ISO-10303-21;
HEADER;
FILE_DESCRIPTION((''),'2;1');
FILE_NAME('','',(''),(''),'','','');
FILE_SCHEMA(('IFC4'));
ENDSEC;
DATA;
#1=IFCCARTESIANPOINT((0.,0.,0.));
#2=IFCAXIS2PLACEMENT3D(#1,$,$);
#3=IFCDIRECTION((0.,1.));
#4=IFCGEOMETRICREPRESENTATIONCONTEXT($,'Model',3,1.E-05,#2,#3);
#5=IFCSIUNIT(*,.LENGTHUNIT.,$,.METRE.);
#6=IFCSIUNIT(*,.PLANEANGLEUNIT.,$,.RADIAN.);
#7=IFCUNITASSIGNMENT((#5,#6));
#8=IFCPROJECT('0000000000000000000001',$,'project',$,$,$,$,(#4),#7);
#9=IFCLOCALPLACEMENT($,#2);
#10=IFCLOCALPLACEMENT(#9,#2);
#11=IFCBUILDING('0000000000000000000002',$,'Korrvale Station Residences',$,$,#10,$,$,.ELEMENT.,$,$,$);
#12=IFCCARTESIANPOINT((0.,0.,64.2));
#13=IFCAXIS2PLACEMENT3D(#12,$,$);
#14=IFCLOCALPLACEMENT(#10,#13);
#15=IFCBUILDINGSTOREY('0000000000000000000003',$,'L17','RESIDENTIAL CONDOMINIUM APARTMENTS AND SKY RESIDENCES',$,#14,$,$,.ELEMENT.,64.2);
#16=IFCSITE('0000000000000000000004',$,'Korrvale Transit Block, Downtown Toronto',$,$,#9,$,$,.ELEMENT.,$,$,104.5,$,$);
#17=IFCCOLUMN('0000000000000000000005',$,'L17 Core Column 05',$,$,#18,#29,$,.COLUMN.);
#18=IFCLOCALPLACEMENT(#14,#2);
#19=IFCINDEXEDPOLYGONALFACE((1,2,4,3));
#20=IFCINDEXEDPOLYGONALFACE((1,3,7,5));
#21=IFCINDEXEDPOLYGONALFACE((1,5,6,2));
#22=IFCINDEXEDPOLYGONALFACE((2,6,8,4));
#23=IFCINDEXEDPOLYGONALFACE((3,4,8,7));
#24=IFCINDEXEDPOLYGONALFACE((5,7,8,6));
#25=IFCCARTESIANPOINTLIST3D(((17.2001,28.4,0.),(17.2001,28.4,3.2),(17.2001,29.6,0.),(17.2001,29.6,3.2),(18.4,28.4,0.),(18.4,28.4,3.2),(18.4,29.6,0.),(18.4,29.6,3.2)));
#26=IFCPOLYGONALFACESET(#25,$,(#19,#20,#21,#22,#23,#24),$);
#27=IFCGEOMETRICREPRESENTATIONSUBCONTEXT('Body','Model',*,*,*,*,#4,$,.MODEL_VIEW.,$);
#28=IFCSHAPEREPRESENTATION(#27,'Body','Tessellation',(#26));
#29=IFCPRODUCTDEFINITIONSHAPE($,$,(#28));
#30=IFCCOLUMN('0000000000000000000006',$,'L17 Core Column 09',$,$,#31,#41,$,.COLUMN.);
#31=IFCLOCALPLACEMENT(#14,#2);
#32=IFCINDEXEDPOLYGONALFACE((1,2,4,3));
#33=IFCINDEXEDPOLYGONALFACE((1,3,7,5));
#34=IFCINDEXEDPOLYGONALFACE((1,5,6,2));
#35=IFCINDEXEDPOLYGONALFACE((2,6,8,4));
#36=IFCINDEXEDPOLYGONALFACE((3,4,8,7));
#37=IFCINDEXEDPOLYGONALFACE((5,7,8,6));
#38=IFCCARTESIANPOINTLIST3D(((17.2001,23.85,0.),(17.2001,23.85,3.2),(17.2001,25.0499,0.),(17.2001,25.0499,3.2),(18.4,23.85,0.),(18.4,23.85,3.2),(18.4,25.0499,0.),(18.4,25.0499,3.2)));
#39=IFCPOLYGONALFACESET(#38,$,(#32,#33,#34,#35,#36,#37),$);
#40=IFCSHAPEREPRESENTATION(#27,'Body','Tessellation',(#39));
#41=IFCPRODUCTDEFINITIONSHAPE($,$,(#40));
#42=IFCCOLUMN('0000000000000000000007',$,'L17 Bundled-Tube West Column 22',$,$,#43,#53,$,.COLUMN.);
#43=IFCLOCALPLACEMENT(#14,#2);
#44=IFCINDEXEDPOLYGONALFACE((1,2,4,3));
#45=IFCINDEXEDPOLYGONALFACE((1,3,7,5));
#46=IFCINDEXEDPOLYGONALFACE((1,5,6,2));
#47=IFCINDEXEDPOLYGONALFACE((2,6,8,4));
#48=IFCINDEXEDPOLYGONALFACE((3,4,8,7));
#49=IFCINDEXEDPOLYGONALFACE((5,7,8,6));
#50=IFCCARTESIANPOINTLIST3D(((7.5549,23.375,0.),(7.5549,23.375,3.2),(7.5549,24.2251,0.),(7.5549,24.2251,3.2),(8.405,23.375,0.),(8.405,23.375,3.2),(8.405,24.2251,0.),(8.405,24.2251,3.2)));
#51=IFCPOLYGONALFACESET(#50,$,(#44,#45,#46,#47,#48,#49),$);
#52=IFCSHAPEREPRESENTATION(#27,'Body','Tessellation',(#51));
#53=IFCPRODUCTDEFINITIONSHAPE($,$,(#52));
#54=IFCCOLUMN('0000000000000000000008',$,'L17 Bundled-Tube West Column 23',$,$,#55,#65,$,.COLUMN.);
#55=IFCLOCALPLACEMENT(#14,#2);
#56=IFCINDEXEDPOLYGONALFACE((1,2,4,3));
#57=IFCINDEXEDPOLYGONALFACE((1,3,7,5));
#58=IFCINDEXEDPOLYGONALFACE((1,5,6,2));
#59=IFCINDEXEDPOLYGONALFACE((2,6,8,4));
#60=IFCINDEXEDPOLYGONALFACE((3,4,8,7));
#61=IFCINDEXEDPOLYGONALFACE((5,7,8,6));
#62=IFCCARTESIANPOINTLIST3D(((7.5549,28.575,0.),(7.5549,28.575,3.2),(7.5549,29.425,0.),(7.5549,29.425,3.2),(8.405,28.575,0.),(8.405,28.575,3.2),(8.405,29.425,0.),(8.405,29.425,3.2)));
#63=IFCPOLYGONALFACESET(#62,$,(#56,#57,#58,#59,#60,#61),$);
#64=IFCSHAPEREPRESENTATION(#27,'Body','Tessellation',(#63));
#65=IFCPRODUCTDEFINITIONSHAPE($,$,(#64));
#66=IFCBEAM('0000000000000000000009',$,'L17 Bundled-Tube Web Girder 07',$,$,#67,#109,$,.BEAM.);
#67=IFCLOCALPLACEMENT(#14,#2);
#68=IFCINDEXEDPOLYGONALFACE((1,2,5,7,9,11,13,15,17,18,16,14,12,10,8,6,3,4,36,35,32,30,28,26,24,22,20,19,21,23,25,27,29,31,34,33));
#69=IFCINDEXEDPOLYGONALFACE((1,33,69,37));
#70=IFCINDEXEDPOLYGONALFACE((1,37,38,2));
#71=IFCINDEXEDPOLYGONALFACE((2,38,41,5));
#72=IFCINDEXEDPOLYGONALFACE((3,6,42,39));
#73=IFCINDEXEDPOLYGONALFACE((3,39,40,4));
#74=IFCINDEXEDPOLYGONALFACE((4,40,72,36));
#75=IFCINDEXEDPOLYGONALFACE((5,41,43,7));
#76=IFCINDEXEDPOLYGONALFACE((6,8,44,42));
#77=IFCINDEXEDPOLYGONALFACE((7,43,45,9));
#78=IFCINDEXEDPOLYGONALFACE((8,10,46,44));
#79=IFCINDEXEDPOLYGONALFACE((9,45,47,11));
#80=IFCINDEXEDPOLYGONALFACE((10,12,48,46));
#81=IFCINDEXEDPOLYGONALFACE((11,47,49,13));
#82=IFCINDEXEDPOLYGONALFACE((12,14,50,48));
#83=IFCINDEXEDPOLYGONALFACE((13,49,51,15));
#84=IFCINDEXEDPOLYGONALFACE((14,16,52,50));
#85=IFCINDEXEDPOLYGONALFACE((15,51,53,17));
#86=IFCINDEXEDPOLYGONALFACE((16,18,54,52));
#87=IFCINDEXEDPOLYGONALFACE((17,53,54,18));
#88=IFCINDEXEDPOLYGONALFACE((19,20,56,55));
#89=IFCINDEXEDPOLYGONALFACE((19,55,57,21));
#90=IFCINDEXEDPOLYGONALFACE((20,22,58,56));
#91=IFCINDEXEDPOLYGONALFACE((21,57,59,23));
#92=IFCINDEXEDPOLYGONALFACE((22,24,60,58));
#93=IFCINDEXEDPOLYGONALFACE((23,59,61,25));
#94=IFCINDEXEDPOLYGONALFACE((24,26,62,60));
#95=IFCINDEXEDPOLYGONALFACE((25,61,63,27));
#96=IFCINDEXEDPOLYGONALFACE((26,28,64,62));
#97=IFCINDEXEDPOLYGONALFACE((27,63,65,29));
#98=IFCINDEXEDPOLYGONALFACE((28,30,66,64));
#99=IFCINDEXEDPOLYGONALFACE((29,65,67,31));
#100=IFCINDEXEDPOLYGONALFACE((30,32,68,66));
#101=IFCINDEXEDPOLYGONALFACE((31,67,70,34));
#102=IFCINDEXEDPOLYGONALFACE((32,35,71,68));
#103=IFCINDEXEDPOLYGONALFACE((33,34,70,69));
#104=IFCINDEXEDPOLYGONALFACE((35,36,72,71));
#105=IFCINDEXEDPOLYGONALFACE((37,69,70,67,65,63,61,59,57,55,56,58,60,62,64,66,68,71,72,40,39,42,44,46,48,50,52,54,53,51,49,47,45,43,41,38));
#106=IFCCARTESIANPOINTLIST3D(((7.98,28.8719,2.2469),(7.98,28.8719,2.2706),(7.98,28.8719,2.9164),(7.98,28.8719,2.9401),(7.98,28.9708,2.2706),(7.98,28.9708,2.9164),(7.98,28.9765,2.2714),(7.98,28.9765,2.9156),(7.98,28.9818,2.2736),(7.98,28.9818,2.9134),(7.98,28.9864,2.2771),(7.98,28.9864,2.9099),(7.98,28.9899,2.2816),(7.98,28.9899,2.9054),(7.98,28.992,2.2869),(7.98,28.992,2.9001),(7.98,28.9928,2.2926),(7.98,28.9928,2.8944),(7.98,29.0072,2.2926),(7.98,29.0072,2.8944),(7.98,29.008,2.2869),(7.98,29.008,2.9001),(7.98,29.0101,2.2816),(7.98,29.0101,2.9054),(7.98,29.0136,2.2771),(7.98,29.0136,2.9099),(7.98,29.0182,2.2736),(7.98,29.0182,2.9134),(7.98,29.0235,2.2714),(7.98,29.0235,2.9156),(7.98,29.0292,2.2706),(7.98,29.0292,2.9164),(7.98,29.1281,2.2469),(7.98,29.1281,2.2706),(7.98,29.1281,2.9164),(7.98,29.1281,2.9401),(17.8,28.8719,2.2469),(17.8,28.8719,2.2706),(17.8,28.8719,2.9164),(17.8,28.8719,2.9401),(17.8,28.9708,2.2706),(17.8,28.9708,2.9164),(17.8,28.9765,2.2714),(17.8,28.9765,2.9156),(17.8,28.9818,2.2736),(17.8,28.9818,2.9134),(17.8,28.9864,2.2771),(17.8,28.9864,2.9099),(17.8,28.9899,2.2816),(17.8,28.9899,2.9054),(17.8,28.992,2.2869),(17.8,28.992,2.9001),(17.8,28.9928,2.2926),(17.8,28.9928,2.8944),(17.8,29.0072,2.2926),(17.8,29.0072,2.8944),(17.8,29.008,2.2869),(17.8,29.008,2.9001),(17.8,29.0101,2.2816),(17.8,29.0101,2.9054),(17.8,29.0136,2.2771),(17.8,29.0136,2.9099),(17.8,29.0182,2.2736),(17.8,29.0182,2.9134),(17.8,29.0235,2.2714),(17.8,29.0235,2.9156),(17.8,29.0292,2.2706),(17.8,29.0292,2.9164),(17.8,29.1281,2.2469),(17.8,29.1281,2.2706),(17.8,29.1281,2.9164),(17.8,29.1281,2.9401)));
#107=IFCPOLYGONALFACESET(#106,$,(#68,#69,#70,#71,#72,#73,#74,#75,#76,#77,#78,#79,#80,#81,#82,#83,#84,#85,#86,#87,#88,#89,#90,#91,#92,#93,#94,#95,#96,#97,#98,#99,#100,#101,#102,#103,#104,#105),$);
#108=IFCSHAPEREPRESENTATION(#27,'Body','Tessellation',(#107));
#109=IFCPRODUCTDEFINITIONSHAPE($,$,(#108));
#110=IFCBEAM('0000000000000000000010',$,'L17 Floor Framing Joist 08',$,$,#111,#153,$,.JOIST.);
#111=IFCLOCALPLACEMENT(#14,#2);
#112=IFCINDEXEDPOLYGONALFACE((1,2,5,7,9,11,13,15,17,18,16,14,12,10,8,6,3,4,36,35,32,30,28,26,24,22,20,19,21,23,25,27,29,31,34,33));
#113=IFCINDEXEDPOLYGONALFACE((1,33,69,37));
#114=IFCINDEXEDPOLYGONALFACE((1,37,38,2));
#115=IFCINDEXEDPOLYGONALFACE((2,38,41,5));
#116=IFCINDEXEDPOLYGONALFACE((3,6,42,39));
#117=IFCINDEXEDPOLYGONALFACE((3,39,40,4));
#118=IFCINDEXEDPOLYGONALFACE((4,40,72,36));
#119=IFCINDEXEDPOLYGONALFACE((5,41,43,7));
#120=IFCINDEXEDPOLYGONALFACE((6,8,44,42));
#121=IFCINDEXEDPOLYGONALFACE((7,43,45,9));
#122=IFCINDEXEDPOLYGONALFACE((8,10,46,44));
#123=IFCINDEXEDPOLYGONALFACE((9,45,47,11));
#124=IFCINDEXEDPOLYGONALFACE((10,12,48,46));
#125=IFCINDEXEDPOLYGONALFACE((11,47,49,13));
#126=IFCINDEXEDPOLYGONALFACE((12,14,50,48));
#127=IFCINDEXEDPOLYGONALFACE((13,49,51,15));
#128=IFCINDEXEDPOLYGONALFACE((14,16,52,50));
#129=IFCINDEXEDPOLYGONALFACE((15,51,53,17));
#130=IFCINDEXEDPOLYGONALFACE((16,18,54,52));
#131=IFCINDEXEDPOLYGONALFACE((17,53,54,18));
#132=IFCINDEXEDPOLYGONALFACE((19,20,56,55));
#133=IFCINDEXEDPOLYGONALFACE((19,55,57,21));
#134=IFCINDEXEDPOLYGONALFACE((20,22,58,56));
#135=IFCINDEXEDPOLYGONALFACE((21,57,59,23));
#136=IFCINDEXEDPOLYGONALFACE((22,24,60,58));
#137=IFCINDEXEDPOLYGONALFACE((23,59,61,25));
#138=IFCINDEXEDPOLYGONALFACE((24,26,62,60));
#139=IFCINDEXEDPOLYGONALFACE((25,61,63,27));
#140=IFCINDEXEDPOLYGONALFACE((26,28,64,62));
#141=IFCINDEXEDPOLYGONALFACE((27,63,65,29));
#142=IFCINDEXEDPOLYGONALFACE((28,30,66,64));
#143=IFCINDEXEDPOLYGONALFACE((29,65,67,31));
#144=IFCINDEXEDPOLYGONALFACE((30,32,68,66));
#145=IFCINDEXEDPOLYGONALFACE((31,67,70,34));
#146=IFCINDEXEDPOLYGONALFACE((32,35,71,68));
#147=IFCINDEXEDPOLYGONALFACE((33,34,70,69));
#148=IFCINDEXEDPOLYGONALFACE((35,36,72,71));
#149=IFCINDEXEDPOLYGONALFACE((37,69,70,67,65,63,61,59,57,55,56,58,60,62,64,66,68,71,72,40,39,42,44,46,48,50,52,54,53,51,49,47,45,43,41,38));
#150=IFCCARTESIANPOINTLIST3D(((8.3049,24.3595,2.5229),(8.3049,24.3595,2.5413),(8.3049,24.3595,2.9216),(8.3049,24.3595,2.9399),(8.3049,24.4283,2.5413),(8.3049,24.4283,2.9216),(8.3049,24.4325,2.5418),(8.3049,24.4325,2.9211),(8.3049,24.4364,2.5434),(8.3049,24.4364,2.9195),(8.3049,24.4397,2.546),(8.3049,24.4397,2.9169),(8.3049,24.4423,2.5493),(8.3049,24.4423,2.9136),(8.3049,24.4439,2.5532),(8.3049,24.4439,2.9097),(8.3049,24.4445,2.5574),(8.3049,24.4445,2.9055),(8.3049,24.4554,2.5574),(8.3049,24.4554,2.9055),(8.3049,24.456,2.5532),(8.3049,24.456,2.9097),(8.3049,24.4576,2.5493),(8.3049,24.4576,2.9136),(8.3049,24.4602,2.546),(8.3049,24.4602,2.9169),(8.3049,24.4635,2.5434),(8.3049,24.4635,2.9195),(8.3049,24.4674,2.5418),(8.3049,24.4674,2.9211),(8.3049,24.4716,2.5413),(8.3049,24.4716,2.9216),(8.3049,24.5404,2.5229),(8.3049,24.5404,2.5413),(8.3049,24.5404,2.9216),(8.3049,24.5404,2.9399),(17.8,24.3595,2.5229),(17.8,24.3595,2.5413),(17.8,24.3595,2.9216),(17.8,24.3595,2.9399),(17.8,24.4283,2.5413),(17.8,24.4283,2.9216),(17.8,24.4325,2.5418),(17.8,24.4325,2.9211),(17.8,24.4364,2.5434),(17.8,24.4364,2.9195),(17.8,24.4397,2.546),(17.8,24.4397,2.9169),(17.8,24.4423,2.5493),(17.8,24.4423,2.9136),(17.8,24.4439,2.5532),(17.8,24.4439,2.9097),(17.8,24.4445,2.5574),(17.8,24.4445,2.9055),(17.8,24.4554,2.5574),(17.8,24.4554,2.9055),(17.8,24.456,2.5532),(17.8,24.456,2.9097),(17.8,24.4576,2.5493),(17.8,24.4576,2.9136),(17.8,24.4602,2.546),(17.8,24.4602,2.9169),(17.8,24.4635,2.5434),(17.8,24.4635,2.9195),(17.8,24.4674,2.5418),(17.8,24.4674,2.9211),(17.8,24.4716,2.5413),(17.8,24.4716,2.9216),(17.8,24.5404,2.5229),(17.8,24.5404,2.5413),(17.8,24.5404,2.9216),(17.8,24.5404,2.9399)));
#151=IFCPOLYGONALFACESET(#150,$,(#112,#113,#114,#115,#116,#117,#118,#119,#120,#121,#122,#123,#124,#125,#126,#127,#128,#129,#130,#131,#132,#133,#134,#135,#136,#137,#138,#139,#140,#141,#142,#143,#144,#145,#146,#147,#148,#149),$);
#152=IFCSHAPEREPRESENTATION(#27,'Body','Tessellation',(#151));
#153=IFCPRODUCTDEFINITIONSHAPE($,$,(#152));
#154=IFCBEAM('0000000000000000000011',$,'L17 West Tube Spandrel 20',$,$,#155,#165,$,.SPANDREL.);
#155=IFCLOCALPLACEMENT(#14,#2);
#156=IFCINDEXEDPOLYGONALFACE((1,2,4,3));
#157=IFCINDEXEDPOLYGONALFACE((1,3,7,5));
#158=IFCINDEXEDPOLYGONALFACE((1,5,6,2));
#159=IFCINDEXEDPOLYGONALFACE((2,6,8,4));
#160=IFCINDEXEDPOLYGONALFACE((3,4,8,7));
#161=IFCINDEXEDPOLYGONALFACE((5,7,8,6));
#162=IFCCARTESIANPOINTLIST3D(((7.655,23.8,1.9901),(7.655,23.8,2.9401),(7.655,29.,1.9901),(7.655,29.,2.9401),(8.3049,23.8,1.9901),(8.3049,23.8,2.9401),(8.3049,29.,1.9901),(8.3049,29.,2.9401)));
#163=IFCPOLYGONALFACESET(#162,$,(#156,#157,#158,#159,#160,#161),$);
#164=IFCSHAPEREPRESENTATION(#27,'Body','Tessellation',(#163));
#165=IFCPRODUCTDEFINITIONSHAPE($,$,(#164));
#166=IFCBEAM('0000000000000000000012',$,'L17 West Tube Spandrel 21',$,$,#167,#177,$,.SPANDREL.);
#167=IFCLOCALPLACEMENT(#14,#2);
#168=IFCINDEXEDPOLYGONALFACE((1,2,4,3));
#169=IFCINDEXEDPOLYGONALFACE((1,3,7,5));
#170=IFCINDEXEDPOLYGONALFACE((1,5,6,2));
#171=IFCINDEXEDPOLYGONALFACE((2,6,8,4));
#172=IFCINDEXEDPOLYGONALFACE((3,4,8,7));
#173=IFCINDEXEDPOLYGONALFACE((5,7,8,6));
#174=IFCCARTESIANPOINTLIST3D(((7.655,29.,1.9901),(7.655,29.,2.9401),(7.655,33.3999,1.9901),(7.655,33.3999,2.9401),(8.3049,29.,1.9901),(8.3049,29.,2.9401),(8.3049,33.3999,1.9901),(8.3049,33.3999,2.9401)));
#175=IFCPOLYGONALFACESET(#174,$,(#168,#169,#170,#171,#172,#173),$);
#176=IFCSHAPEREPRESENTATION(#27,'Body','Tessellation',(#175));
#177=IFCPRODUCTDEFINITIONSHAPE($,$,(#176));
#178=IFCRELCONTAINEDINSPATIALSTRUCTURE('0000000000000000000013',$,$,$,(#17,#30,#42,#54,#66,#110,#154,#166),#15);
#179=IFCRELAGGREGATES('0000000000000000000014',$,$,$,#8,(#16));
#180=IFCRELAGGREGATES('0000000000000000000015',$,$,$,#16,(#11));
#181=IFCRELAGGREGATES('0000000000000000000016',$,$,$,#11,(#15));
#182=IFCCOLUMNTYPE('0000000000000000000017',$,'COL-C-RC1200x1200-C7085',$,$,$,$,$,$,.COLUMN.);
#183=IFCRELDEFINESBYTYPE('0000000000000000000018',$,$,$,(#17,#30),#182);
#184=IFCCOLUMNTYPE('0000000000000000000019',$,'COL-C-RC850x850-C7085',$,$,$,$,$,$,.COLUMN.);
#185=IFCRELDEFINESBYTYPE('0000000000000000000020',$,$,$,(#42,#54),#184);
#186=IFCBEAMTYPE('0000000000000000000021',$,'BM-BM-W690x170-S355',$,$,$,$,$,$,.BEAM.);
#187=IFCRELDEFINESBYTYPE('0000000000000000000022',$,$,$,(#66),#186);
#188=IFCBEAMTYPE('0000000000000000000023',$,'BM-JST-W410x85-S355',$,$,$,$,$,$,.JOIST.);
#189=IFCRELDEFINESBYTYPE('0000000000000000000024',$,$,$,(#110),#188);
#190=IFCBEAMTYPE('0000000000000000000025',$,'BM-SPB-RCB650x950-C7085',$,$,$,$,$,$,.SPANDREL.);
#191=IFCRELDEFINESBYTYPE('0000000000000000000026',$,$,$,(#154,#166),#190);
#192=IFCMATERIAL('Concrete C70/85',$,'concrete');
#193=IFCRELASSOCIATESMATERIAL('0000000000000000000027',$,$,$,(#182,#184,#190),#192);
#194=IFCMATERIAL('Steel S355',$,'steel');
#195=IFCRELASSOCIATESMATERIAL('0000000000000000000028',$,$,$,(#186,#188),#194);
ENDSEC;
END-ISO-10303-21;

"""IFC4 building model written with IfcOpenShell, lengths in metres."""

from ifc_helpers import new_model, si_unit, direction, frame, origin, origin_2d, place, context, subcontext, project, spatial, rectangle, i_section, extrude, material, material_profile, profile_set, type_object, element, save


model = new_model("IFC4")

# Units and contexts
model_context = context("Model", 3, precision=1e-05, world=origin(), true_north=direction((0.0, 1.0)))
body_context = subcontext(model_context, "Body", "Model", "MODEL_VIEW")
ifc_project = project(units=[si_unit("LENGTHUNIT", "METRE"), si_unit("PLANEANGLEUNIT", "RADIAN")], contexts=[model_context])

# Site, building, storey
site_placement = place(None, origin())
site = spatial("IfcSite", under=ifc_project, at=site_placement, Name="Korrvale Transit Block, Downtown Toronto", CompositionType="ELEMENT", RefElevation=104.5)
building_placement = place(site_placement, origin())
building = spatial("IfcBuilding", under=site, at=building_placement, Name="Korrvale Station Residences", CompositionType="ELEMENT")
storey_placement = place(building_placement, frame((0.0, 0.0, 64.2)))
storey = spatial("IfcBuildingStorey", under=building, at=storey_placement, Name="L17", Description="RESIDENTIAL CONDOMINIUM APARTMENTS AND SKY RESIDENCES", CompositionType="ELEMENT", Elevation=64.2)

# Columns
ifc_material_1 = material(Name="Concrete C70/85", Category="concrete")
ifc_material_profile_1 = material_profile(ifc_material_1, rectangle(XDim=1.2, YDim=1.2, at=origin_2d()), Name="RC1200x1200")
ifc_profile_set_1 = profile_set([ifc_material_profile_1], Name="Concrete C70/85")
column_type_1 = type_object("IfcColumnType", Name="COL-C-RC1200x1200-C7085", PredefinedType="COLUMN", material=ifc_profile_set_1)
for number, where, z_axis, x_axis, name in (
    (1, (17.8, 29.0, 0.0), (0.0, 0.0, 1.0), (1.0, 0.0, 0.0), "L17 Core Column 05"),
    (2, (17.8, 24.45, 0.0), (0.0, 0.0, 1.0), (1.0, 0.0, 0.0), "L17 Core Column 09"),
):
    element("IfcColumn", number, at=place(storey_placement, frame(where, z_axis=z_axis, x_axis=x_axis)), inside=storey, type_object=column_type_1, Name=name, PredefinedType="COLUMN", context=body_context, shape_type="SweptSolid", body=[
        extrude(rectangle(XDim=1.2, YDim=1.2, at=origin_2d()), origin(), (0.0, 0.0, 1.0), 3.2),
    ])
ifc_material_profile_2 = material_profile(ifc_material_1, rectangle(XDim=0.8501, YDim=0.8501, at=origin_2d()), Name="RC850x850")
ifc_profile_set_2 = profile_set([ifc_material_profile_2], Name="Concrete C70/85")
column_type_2 = type_object("IfcColumnType", Name="COL-C-RC850x850-C7085", PredefinedType="COLUMN", material=ifc_profile_set_2)
for number, where, z_axis, x_axis, name in (
    (3, (7.98, 23.8, 0.0), (0.0, 0.0, 1.0), (1.0, 0.0, 0.0), "L17 Bundled-Tube West Column 22"),
    (4, (7.98, 29.0, 0.0), (0.0, 0.0, 1.0), (1.0, 0.0, 0.0), "L17 Bundled-Tube West Column 23"),
):
    element("IfcColumn", number, at=place(storey_placement, frame(where, z_axis=z_axis, x_axis=x_axis)), inside=storey, type_object=column_type_2, Name=name, PredefinedType="COLUMN", context=body_context, shape_type="SweptSolid", body=[
        extrude(rectangle(XDim=0.8501, YDim=0.8501, at=origin_2d()), origin(), (0.0, 0.0, 1.0), 3.2),
    ])

# Beams
ifc_material_2 = material(Name="Steel S355", Category="steel")
ifc_material_profile_3 = material_profile(ifc_material_2, i_section(OverallWidth=0.2561, OverallDepth=0.6931, WebThickness=0.0144, FlangeThickness=0.0237, FilletRadius=0.022, at=origin_2d()), Name="W690x170")
ifc_profile_set_3 = profile_set([ifc_material_profile_3], Name="Steel S355")
beam_type_1 = type_object("IfcBeamType", Name="BM-BM-W690x170-S355", PredefinedType="BEAM", material=ifc_profile_set_3)
beam_1_placement = place(storey_placement, frame((7.98, 29.0, 2.5935), z_axis=(1.0, 0.0, 0.0), x_axis=(0.0, 1.0, 0.0)))
element("IfcBeam", 5, at=beam_1_placement, inside=storey, type_object=beam_type_1, Name="L17 Bundled-Tube Web Girder 07", PredefinedType="BEAM", context=body_context, shape_type="SweptSolid", body=[
    extrude(i_section(OverallWidth=0.2561, OverallDepth=0.6931, WebThickness=0.0144, FlangeThickness=0.0237, FilletRadius=0.022, at=origin_2d()), origin(), (0.0, 0.0, 1.0), 9.8201),
])
ifc_material_profile_4 = material_profile(ifc_material_2, i_section(OverallWidth=0.1809, OverallDepth=0.417, WebThickness=0.011, FlangeThickness=0.0183, FilletRadius=0.0161, at=origin_2d()), Name="W410x85")
ifc_profile_set_4 = profile_set([ifc_material_profile_4], Name="Steel S355")
beam_type_2 = type_object("IfcBeamType", Name="BM-JST-W410x85-S355", PredefinedType="JOIST", material=ifc_profile_set_4)
beam_2_placement = place(storey_placement, frame((8.3049, 24.45, 2.7314), z_axis=(1.0, 0.0, 0.0), x_axis=(0.0, 1.0, 0.0)))
element("IfcBeam", 6, at=beam_2_placement, inside=storey, type_object=beam_type_2, Name="L17 Floor Framing Joist 08", PredefinedType="JOIST", context=body_context, shape_type="SweptSolid", body=[
    extrude(i_section(OverallWidth=0.1809, OverallDepth=0.417, WebThickness=0.011, FlangeThickness=0.0183, FilletRadius=0.0161, at=origin_2d()), origin(), (0.0, 0.0, 1.0), 9.4951),
])
ifc_material_profile_5 = material_profile(ifc_material_1, rectangle(XDim=0.6499, YDim=0.95, at=origin_2d()), Name="RCB650x950")
ifc_profile_set_5 = profile_set([ifc_material_profile_5], Name="Concrete C70/85")
beam_type_3 = type_object("IfcBeamType", Name="BM-SPB-RCB650x950-C7085", PredefinedType="SPANDREL", material=ifc_profile_set_5)
beam_3_placement = place(storey_placement, frame((7.98, 23.8, 2.4651), z_axis=(0.0, 1.0, 0.0), x_axis=(-1.0, 0.0, 0.0)))
element("IfcBeam", 7, at=beam_3_placement, inside=storey, type_object=beam_type_3, Name="L17 West Tube Spandrel 20", PredefinedType="SPANDREL", context=body_context, shape_type="SweptSolid", body=[
    extrude(rectangle(XDim=0.6499, YDim=0.95, at=origin_2d()), origin(), (0.0, 0.0, 1.0), 5.2),
])
beam_4_placement = place(storey_placement, frame((7.98, 29.0, 2.4651), z_axis=(0.0, 1.0, 0.0), x_axis=(-1.0, 0.0, 0.0)))
element("IfcBeam", 8, at=beam_4_placement, inside=storey, type_object=beam_type_3, Name="L17 West Tube Spandrel 21", PredefinedType="SPANDREL", context=body_context, shape_type="SweptSolid", body=[
    extrude(rectangle(XDim=0.6499, YDim=0.95, at=origin_2d()), origin(), (0.0, 0.0, 1.0), 4.3999),
])

save(model, "model.ifc")
